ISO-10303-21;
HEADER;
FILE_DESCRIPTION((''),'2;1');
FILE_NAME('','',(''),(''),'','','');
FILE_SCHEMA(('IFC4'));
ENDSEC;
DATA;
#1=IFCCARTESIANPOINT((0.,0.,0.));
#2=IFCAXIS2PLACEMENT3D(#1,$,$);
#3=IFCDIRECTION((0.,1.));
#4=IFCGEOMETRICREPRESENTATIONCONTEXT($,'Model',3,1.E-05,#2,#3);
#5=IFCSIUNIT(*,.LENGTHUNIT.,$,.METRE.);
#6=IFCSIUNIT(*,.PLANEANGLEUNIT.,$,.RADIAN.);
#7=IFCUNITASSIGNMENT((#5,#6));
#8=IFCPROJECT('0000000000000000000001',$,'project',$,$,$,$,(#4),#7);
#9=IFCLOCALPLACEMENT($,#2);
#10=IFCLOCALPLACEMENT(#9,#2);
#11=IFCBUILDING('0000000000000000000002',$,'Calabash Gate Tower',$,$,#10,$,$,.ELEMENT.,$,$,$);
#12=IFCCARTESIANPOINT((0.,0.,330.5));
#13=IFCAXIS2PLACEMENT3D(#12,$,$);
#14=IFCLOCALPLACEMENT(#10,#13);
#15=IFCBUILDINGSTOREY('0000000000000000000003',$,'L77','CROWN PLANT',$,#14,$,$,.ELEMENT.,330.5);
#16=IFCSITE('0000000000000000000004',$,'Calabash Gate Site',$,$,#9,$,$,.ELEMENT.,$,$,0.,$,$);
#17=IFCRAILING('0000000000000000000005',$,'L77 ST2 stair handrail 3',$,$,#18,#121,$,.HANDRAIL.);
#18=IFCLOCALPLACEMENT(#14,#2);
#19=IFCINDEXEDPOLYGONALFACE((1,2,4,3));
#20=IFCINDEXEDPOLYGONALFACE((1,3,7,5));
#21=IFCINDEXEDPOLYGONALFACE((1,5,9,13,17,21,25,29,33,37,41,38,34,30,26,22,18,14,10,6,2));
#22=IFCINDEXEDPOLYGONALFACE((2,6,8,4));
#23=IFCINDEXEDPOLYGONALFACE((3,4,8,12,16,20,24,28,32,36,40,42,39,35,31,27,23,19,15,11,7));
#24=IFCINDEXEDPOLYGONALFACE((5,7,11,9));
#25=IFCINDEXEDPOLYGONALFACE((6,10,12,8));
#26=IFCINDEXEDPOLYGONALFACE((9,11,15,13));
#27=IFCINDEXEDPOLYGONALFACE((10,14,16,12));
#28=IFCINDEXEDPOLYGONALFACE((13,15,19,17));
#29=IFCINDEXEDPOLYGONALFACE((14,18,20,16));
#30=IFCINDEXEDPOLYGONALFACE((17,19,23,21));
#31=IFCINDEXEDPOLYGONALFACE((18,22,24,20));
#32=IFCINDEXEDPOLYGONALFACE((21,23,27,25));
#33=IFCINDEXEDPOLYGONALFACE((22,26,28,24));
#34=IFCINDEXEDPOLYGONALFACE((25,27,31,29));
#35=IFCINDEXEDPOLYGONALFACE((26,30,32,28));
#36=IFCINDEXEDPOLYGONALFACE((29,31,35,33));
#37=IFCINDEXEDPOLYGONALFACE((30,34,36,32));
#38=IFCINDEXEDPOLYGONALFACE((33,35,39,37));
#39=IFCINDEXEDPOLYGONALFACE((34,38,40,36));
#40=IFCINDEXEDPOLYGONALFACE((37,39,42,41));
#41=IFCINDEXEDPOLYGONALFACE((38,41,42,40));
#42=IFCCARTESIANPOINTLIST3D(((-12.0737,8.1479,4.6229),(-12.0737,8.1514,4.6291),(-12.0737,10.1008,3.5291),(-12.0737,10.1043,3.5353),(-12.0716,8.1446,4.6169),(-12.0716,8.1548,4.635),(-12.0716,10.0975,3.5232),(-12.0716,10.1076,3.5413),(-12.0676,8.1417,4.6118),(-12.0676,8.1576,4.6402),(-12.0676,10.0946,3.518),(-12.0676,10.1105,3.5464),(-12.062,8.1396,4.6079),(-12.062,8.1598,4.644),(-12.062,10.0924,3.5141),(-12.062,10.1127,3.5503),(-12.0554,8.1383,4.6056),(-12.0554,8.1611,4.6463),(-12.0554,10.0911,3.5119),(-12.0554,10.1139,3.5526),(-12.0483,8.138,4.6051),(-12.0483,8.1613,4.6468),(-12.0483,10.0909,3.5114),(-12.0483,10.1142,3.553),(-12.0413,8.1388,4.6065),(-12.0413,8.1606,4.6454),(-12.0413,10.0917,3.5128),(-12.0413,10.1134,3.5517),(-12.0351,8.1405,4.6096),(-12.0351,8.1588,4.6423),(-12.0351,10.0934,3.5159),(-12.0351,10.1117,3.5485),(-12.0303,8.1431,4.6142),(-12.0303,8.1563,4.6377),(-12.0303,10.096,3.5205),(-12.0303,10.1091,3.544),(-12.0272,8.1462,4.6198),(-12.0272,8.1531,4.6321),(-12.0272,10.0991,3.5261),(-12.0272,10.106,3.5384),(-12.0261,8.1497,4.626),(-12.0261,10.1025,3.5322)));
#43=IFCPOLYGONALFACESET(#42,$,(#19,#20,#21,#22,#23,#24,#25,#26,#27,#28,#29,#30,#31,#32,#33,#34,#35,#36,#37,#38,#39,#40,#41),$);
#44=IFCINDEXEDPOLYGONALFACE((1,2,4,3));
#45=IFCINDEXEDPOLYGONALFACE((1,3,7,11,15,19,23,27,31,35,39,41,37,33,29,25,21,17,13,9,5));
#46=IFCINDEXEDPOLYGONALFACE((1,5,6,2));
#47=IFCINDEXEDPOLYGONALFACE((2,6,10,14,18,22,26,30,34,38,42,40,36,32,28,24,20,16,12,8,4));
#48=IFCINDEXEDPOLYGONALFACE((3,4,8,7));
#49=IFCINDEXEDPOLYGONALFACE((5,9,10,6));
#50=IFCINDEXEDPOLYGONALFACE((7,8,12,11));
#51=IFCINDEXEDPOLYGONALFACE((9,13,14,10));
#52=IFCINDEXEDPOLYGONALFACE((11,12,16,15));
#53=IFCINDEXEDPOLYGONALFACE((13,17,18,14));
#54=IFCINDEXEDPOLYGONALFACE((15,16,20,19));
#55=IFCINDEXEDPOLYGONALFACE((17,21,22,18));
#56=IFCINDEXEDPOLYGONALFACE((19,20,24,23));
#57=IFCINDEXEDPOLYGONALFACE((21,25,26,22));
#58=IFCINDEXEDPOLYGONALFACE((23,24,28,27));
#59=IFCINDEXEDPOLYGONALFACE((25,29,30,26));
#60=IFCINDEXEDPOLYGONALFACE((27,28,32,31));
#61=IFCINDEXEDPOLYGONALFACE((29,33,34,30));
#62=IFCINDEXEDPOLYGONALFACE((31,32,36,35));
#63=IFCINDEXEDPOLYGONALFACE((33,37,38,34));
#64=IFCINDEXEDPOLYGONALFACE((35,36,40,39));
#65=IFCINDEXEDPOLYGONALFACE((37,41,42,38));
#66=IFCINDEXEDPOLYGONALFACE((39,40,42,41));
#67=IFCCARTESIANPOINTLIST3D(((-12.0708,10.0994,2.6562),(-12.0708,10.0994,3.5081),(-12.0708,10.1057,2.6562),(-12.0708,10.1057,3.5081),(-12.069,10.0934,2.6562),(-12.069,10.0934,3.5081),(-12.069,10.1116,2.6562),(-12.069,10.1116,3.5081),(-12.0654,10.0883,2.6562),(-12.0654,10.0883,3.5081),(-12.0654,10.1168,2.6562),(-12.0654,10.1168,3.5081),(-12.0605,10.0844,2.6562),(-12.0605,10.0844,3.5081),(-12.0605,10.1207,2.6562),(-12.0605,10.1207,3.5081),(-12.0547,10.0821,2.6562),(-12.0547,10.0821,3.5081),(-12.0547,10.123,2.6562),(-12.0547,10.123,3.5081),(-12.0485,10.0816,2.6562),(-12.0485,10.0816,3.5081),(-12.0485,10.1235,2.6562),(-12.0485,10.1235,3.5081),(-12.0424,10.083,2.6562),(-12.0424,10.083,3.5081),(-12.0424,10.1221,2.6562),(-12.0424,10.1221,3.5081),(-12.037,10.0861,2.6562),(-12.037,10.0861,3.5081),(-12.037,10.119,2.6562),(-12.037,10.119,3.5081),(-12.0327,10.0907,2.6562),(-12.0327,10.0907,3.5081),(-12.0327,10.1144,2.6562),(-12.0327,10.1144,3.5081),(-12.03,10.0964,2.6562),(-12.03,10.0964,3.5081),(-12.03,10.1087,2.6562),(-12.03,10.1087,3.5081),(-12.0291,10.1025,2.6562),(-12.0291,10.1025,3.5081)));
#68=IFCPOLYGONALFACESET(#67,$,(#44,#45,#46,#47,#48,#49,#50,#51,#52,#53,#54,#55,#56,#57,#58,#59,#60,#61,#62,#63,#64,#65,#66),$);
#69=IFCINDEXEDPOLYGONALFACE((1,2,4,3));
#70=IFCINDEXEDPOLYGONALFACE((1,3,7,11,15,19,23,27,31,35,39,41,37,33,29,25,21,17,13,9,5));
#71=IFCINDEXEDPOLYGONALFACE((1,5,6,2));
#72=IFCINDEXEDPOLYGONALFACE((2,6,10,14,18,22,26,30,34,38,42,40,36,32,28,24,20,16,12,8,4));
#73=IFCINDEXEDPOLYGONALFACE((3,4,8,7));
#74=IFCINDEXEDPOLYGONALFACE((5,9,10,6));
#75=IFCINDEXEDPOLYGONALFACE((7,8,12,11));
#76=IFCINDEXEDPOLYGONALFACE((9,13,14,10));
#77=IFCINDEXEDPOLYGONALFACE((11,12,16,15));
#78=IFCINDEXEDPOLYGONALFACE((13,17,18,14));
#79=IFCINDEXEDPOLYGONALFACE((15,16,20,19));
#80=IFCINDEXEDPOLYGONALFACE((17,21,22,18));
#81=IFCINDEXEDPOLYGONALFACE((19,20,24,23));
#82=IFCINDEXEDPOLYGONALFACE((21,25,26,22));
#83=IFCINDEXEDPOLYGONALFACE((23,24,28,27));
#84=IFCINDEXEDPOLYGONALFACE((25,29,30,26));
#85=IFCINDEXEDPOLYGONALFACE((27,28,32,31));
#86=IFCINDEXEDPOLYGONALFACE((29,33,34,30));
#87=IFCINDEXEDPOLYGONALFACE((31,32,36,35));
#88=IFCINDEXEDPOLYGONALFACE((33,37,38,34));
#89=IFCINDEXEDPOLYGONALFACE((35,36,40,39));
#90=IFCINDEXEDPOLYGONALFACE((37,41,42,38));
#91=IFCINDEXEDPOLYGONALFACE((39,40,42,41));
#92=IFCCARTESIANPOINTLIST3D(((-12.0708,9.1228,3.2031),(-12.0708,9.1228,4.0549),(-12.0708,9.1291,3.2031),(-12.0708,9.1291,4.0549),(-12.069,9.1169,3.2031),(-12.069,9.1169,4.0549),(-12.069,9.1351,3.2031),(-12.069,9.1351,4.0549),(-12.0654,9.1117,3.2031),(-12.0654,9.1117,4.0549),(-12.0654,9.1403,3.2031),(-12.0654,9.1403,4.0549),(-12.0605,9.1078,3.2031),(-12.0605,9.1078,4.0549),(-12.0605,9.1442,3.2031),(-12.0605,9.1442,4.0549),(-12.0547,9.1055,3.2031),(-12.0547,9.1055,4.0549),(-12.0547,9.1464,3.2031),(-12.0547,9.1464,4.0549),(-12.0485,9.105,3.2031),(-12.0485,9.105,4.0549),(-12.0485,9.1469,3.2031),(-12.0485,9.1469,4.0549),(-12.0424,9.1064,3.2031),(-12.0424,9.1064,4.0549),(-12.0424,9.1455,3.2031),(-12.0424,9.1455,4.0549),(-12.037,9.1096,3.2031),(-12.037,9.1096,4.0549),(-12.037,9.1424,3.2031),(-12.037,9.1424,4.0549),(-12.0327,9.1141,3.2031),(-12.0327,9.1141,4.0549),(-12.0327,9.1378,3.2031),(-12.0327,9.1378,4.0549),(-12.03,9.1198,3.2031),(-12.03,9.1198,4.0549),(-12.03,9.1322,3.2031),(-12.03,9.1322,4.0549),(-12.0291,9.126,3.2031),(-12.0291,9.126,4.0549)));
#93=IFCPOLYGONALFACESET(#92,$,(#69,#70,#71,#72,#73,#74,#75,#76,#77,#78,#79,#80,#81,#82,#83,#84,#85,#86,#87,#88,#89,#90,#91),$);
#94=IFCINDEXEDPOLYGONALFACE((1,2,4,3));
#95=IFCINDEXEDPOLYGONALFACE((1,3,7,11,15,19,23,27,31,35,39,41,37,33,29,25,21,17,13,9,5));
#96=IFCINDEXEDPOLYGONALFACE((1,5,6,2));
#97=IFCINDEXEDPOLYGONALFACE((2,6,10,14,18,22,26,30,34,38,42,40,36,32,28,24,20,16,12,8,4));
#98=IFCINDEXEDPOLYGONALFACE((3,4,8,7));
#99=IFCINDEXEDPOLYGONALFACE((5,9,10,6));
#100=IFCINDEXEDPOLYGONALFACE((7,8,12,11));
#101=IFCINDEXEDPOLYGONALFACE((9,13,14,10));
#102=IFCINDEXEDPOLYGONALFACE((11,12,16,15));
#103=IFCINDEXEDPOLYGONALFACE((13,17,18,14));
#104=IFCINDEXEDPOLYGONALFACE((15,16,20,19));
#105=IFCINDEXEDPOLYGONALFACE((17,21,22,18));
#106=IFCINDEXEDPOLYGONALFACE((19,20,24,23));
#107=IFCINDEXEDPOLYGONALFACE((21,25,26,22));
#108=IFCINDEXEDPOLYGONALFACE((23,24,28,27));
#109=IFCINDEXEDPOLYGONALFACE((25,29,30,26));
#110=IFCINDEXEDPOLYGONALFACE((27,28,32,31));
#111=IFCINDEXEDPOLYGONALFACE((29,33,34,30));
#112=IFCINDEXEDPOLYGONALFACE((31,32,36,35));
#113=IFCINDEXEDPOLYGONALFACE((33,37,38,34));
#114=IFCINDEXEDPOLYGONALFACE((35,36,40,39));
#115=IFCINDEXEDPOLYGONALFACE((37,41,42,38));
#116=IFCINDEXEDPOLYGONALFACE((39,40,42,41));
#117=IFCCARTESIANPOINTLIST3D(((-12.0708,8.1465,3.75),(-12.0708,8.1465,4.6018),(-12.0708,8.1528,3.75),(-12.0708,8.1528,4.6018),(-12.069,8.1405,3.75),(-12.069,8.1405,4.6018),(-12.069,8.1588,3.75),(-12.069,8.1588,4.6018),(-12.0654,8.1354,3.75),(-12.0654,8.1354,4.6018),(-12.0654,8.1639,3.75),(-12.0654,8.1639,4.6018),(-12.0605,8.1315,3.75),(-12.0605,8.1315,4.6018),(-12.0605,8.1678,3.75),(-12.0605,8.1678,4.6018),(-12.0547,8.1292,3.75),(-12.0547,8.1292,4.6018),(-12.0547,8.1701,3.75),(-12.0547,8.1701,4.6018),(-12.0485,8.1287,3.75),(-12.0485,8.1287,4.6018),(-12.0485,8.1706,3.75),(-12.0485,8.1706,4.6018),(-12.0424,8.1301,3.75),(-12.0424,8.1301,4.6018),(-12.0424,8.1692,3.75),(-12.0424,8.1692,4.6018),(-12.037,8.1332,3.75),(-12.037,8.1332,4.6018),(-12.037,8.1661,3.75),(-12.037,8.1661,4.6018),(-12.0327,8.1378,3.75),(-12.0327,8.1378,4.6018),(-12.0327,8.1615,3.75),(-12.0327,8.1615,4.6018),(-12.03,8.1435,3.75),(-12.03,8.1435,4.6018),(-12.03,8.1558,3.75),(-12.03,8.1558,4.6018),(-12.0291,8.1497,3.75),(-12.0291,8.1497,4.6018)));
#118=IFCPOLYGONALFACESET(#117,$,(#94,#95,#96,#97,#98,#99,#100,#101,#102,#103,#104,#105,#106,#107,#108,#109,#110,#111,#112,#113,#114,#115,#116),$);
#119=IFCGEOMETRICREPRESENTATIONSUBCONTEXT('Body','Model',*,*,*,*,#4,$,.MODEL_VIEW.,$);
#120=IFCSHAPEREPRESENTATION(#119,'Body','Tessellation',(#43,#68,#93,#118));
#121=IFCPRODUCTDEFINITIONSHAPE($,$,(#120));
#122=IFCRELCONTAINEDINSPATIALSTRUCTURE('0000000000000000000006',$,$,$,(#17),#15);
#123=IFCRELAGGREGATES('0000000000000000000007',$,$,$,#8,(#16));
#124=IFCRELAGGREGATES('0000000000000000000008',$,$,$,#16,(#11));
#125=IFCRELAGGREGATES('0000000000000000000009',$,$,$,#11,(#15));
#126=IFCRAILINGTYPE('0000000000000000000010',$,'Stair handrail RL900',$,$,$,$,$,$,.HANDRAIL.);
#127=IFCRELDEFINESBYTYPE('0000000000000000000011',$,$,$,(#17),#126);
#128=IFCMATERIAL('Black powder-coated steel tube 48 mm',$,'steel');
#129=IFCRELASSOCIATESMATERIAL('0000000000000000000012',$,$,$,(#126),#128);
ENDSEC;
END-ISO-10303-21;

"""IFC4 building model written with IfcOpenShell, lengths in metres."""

from ifc_helpers import new_model, si_unit, direction, frame, origin, origin_2d, place, context, subcontext, project, spatial, circle, extrude, material, type_object, element, save


model = new_model("IFC4")

# Units and contexts
model_context = context("Model", 3, precision=1e-05, world=origin(), true_north=direction((0.0, 1.0)))
body_context = subcontext(model_context, "Body", "Model", "MODEL_VIEW")
ifc_project = project(units=[si_unit("LENGTHUNIT", "METRE"), si_unit("PLANEANGLEUNIT", "RADIAN")], contexts=[model_context])

# Site, building, storey
site_placement = place(None, origin())
site = spatial("IfcSite", under=ifc_project, at=site_placement, Name="Calabash Gate Site", CompositionType="ELEMENT", RefElevation=0.0)
building_placement = place(site_placement, origin())
building = spatial("IfcBuilding", under=site, at=building_placement, Name="Calabash Gate Tower", CompositionType="ELEMENT")
storey_placement = place(building_placement, frame((0.0, 0.0, 330.5)))
storey = spatial("IfcBuildingStorey", under=building, at=storey_placement, Name="L77", Description="CROWN PLANT", CompositionType="ELEMENT", Elevation=330.5)

# Railing
ifc_material_1 = material(Name="Black powder-coated steel tube 48 mm", Category="steel")
railing_type_1 = type_object("IfcRailingType", Name="Stair handrail RL900", PredefinedType="HANDRAIL", material=ifc_material_1)
railing_1_placement = place(storey_placement, frame((-12.05, 10.1025, 2.6562)))
element("IfcRailing", 1, at=railing_1_placement, inside=storey, type_object=railing_type_1, Name="L77 ST2 stair handrail 3", PredefinedType="HANDRAIL", context=body_context, shape_type="SweptSolid", body=[
    extrude(circle(Radius=0.0239, at=origin_2d()), frame((0.0, 0.0, 0.876), z_axis=(0.0, -0.87248, 0.48865), x_axis=(1.0, 0.0, 0.0)), (0.0, 0.0, 1.0), 2.2383),
    extrude(circle(Radius=0.021, at=origin_2d()), origin(), (0.0, 0.0, 1.0), 0.8518),
    extrude(circle(Radius=0.021, at=origin_2d()), frame((0.0, -0.9766, 0.5469)), (0.0, 0.0, 1.0), 0.8518),
    extrude(circle(Radius=0.021, at=origin_2d()), frame((0.0, -1.9529, 1.0938)), (0.0, 0.0, 1.0), 0.8518),
])

save(model, "model.ifc")
